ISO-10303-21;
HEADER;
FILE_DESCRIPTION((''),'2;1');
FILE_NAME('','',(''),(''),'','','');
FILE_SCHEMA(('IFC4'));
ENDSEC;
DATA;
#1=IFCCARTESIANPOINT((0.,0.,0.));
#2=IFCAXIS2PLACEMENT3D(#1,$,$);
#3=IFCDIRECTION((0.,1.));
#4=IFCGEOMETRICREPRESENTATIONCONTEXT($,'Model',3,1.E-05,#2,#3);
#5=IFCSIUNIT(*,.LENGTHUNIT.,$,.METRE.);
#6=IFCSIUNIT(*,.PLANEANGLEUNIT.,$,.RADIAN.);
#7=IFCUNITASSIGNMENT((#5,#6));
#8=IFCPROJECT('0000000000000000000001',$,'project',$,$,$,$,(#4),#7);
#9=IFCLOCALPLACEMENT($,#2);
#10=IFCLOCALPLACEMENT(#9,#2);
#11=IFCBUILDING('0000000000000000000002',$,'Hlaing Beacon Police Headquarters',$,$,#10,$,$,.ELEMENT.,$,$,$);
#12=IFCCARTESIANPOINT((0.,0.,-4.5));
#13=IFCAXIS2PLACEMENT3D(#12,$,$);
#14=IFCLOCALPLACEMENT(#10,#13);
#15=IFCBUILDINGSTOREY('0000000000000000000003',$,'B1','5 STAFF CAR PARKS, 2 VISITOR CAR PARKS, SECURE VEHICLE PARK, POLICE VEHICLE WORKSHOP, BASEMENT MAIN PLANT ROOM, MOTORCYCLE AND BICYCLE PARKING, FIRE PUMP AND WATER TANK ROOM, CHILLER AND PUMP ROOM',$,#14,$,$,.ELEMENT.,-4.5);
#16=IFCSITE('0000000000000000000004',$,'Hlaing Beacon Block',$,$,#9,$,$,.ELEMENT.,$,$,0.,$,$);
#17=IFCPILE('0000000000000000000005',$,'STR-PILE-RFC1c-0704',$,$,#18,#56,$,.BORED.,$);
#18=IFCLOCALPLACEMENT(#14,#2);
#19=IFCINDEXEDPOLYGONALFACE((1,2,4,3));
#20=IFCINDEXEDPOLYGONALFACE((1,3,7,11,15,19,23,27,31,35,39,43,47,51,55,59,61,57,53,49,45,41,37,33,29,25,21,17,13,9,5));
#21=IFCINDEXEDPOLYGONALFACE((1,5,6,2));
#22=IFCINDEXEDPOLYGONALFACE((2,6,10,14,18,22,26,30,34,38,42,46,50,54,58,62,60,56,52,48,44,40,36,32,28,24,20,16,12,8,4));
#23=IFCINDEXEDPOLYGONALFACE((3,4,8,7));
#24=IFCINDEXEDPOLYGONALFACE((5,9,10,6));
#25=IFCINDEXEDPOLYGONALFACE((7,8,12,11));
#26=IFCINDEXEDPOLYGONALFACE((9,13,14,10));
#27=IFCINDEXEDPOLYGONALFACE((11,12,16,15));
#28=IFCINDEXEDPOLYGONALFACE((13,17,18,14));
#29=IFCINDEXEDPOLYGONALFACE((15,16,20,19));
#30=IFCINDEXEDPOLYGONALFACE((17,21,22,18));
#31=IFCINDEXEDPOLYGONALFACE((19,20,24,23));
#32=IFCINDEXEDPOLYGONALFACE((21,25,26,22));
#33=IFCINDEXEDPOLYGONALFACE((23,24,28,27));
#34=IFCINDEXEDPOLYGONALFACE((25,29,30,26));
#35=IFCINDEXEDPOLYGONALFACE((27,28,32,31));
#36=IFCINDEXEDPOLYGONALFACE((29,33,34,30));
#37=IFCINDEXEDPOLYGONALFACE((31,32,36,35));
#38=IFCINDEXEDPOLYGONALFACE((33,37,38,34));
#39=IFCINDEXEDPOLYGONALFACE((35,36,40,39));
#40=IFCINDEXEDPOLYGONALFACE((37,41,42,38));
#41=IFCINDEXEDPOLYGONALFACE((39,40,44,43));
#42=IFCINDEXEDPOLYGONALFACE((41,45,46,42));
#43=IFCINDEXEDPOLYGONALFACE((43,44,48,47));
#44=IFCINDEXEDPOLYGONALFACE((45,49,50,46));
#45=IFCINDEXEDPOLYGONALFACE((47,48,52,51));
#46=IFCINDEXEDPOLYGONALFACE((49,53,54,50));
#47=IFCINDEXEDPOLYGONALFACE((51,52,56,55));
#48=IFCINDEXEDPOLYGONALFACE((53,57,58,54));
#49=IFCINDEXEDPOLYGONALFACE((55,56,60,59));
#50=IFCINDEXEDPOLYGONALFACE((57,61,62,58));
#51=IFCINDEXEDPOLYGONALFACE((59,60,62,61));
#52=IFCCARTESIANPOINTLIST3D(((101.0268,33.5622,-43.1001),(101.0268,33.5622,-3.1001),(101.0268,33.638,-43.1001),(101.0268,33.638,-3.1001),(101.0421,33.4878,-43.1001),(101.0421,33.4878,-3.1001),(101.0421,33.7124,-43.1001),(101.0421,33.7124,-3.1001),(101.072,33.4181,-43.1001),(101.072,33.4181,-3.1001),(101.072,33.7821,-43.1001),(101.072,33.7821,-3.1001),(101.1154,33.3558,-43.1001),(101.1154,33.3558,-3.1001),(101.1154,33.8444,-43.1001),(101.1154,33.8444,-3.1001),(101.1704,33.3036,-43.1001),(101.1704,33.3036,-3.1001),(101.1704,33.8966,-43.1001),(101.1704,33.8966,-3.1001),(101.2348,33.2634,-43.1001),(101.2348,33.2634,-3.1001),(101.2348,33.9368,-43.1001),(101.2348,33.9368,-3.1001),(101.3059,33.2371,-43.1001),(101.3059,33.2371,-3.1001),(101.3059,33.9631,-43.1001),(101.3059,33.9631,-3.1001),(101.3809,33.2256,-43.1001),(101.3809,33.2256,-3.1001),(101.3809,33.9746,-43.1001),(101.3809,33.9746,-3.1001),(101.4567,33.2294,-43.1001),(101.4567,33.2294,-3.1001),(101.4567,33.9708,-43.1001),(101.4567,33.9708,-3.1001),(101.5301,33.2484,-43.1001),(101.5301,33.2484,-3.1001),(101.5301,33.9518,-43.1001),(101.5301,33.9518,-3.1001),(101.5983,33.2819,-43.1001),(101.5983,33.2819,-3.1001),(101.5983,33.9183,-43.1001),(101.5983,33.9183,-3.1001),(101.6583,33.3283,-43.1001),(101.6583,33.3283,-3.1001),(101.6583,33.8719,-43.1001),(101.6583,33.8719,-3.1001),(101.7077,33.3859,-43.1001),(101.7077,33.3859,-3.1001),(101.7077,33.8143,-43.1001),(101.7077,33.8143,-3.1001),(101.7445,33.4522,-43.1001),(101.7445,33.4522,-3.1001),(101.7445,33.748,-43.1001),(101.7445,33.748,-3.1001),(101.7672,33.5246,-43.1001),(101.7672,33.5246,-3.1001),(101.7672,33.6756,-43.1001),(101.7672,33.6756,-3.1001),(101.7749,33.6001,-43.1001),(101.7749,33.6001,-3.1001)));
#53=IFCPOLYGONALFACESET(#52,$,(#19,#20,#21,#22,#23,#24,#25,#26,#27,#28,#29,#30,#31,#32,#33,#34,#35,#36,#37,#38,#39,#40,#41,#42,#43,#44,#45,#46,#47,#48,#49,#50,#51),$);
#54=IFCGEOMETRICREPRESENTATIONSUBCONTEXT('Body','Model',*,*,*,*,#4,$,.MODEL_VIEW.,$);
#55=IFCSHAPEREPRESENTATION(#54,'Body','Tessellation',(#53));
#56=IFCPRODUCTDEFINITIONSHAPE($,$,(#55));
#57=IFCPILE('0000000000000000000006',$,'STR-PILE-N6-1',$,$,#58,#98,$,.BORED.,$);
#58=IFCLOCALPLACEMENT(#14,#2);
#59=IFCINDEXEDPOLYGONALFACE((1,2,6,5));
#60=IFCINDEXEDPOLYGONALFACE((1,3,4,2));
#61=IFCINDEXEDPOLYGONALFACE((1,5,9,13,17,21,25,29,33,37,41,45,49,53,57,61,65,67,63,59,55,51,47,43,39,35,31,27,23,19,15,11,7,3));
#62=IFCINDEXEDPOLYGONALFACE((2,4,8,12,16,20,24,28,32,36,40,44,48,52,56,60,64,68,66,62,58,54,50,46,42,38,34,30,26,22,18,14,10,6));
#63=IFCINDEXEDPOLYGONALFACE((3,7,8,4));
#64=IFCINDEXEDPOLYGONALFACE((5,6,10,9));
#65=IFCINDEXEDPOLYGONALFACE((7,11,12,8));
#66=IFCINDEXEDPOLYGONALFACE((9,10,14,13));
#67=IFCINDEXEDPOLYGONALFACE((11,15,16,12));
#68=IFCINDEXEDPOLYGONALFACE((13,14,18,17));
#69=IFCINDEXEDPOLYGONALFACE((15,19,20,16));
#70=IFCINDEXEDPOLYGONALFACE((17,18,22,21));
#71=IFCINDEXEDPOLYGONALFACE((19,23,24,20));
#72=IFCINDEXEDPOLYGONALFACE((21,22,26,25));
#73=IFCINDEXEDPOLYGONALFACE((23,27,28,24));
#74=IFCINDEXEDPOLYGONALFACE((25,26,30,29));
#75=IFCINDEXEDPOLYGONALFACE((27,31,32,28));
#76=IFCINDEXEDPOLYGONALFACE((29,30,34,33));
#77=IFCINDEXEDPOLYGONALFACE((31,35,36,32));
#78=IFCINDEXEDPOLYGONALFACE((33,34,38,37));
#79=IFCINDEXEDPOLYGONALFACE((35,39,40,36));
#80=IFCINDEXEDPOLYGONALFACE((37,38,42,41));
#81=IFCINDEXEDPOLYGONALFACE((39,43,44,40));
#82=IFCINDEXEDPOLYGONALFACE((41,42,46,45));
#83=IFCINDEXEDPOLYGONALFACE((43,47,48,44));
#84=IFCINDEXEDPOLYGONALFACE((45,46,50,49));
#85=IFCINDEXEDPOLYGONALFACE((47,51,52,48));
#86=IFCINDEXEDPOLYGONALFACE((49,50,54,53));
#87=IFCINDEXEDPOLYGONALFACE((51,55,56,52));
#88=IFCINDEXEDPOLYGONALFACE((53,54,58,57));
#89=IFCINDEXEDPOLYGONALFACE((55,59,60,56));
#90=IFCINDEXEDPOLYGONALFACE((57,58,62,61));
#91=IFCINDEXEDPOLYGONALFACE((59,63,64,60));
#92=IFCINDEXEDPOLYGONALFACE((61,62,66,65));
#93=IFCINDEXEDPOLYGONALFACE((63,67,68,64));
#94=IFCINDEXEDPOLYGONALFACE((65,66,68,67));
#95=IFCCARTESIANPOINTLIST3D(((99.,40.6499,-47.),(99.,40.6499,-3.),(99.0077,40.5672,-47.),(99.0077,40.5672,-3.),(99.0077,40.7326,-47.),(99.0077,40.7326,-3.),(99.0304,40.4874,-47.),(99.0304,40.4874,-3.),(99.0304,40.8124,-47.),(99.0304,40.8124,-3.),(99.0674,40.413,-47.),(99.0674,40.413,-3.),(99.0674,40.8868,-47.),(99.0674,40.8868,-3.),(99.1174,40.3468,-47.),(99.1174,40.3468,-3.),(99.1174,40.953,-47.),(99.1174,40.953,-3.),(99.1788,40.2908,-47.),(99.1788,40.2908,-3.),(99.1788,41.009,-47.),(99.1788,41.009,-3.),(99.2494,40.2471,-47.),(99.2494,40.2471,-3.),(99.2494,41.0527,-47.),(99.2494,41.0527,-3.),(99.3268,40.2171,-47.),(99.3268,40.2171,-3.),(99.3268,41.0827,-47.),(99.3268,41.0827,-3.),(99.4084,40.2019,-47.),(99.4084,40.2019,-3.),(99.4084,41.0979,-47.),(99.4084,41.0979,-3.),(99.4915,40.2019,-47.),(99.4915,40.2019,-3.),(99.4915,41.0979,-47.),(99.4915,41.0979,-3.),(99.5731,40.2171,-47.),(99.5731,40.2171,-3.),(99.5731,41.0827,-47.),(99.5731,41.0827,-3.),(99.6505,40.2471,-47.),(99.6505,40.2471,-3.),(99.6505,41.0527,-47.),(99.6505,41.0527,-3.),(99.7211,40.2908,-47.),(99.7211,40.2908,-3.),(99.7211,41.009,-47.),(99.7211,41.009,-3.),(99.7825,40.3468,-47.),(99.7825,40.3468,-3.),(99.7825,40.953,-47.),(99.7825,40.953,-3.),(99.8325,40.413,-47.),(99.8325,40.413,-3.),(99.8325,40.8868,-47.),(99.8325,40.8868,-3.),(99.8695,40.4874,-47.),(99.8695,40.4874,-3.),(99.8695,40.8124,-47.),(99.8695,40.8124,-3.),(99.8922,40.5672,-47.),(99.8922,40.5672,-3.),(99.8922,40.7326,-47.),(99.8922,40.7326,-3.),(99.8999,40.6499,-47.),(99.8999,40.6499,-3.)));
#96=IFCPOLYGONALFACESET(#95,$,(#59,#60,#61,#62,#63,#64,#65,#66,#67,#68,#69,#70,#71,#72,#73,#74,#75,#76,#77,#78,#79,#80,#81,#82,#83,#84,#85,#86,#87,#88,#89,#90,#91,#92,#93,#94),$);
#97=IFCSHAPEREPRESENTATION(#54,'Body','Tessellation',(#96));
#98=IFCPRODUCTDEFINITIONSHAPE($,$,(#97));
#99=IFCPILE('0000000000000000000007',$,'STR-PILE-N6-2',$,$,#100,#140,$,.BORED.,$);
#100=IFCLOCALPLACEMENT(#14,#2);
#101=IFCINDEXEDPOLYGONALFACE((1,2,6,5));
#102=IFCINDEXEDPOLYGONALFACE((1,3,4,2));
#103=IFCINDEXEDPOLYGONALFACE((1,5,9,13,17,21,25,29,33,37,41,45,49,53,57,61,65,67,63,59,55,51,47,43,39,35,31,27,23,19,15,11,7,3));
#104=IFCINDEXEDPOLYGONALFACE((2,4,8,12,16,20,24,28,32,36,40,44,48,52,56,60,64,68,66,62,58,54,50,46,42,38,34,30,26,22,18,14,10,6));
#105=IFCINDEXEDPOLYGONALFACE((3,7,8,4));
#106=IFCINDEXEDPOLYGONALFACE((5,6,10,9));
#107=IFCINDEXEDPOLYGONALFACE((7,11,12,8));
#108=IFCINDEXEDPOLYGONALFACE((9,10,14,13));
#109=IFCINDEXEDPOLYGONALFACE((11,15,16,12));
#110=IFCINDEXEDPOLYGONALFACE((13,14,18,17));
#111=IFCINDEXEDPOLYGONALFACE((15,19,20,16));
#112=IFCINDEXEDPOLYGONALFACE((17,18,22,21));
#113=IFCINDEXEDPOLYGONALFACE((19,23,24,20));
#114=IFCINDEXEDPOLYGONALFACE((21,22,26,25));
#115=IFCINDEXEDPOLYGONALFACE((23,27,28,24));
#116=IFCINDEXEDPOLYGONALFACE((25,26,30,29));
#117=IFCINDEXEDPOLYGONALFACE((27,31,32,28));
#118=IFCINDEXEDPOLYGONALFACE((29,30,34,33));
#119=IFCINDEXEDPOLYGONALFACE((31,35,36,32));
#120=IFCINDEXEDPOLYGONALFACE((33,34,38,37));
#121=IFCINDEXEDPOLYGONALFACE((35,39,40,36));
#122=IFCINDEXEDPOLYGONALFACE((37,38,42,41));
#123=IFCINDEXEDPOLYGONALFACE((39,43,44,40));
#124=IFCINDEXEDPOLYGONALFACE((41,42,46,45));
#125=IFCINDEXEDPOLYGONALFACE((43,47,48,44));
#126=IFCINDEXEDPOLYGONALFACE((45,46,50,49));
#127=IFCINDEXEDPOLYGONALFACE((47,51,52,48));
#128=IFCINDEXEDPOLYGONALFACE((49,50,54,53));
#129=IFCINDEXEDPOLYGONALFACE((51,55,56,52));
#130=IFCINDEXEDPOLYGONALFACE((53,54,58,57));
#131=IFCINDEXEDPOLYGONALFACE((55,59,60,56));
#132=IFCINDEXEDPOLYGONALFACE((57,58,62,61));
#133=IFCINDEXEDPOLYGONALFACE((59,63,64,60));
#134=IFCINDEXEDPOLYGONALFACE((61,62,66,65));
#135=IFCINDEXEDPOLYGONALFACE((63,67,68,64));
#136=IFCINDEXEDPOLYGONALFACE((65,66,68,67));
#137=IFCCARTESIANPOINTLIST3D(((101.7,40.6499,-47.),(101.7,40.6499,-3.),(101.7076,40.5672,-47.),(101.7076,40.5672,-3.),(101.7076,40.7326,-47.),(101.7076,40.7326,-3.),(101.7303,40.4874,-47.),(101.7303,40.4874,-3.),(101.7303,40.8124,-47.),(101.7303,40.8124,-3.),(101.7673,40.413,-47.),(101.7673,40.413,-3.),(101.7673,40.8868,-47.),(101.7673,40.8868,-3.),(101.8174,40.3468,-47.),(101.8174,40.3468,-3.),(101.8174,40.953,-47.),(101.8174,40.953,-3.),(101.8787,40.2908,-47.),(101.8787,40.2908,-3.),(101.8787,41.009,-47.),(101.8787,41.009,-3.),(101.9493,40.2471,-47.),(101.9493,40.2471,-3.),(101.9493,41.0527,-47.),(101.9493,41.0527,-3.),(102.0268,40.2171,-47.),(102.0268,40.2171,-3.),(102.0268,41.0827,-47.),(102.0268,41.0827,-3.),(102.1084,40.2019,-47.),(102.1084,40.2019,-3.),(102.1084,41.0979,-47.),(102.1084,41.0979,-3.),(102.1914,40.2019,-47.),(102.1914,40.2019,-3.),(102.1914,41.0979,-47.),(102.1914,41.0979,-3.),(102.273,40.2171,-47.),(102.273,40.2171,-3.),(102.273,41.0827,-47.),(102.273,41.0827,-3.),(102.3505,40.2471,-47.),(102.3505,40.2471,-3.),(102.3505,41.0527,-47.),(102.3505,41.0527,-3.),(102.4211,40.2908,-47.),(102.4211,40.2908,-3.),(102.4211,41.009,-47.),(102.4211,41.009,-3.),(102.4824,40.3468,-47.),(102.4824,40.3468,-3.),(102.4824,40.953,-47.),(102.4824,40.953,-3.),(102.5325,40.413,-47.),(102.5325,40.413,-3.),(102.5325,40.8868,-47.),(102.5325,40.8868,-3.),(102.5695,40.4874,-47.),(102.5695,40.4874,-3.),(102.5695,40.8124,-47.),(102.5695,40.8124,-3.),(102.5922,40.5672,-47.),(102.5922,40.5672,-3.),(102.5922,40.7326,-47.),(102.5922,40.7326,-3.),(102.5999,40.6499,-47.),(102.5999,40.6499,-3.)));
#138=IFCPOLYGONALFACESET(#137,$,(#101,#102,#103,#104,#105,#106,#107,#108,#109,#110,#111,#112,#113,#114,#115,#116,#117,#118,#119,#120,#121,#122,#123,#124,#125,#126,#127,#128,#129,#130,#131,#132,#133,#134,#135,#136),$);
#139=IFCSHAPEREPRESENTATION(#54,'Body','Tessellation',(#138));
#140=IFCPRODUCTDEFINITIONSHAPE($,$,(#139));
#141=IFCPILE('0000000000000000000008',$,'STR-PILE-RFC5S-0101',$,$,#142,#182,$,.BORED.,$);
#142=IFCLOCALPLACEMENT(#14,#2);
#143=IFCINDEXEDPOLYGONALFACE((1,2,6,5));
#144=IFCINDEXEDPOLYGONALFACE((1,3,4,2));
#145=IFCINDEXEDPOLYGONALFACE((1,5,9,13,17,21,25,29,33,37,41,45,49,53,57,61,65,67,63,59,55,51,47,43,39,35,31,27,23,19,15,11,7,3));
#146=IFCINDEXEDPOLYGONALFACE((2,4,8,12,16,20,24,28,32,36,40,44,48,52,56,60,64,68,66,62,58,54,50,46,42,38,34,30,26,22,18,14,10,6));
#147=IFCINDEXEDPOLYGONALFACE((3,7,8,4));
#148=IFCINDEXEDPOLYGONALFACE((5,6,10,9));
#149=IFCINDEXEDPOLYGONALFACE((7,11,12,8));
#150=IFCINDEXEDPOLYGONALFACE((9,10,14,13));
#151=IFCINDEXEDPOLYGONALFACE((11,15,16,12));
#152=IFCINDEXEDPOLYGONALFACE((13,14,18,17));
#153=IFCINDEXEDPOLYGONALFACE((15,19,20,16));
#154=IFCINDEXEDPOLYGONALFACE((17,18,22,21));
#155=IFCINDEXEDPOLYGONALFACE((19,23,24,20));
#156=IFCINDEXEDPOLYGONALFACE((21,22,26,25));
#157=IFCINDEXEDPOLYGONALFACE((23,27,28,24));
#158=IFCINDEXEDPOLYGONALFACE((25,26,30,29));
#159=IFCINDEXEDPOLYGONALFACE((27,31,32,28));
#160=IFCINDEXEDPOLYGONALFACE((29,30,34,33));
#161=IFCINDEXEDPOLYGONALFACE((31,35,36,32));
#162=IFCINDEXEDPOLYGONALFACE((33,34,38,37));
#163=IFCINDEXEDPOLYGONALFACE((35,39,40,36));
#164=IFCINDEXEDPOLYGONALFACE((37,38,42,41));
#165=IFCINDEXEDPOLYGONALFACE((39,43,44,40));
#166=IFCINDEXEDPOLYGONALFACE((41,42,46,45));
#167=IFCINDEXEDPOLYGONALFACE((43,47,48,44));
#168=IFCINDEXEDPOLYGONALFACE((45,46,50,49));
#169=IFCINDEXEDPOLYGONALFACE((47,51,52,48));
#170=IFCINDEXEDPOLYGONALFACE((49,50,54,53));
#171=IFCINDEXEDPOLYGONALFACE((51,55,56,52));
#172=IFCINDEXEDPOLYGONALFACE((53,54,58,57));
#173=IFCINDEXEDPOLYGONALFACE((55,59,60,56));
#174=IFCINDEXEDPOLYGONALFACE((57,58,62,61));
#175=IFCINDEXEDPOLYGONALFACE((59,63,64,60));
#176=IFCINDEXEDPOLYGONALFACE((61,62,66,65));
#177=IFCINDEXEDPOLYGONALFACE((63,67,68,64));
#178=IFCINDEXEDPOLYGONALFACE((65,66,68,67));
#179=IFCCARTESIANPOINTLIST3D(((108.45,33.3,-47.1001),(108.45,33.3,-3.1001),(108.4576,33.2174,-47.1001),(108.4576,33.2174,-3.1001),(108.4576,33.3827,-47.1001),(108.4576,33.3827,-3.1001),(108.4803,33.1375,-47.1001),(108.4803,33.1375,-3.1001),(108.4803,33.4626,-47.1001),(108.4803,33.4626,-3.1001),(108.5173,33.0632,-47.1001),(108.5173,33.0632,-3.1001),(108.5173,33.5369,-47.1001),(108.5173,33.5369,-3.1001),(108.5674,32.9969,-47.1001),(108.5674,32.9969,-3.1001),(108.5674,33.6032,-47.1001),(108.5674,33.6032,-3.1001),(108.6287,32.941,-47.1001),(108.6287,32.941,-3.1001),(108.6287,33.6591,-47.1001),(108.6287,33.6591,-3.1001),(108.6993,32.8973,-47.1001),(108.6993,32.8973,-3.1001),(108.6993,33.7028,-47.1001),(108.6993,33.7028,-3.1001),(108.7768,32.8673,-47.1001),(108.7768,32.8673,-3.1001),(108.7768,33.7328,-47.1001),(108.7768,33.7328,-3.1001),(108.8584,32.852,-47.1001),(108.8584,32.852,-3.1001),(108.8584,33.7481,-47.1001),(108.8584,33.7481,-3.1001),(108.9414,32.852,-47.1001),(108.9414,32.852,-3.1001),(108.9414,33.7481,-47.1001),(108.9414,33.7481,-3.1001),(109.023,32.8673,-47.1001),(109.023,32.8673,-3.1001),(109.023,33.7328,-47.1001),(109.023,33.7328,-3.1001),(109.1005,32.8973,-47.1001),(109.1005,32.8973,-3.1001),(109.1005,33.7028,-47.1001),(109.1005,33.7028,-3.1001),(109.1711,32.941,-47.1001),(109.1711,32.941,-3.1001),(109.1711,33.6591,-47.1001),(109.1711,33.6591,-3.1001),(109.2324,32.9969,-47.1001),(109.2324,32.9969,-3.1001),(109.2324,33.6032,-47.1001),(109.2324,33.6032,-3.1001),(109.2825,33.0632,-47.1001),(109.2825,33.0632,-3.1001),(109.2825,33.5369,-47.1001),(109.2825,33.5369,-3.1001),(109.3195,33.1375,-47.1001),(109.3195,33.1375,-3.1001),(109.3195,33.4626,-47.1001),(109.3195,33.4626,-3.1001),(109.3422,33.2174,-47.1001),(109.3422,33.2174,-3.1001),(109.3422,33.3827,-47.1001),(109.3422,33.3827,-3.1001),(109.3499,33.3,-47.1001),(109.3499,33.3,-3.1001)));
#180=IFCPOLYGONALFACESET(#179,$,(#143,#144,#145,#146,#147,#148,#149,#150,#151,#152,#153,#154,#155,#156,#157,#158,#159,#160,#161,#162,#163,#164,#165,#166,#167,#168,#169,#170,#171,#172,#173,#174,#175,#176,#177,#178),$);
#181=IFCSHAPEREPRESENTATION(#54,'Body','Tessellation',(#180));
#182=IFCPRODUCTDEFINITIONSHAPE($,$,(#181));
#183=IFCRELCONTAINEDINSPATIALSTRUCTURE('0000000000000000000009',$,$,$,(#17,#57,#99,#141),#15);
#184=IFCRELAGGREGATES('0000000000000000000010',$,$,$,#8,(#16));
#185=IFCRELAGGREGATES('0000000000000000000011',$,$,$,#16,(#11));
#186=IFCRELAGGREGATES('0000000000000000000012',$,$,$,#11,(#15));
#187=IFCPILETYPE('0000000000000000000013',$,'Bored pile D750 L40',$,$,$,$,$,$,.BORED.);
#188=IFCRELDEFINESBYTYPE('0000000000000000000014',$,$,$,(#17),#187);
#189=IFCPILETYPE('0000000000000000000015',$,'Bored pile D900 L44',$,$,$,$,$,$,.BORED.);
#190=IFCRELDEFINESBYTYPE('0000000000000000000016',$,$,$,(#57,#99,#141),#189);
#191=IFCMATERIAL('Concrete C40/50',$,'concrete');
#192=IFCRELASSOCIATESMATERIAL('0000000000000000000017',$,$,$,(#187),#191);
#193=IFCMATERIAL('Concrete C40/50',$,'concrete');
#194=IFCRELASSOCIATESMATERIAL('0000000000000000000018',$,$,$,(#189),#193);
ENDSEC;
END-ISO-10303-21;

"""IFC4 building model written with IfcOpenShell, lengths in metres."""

from ifc_helpers import new_model, si_unit, direction, frame, origin, origin_2d, place, context, subcontext, project, spatial, circle, extrude, material, material_profile, profile_set, type_object, element, save


model = new_model("IFC4")

# Units and contexts
model_context = context("Model", 3, precision=1e-05, world=origin(), true_north=direction((0.0, 1.0)))
body_context = subcontext(model_context, "Body", "Model", "MODEL_VIEW")
ifc_project = project(units=[si_unit("LENGTHUNIT", "METRE"), si_unit("PLANEANGLEUNIT", "RADIAN")], contexts=[model_context])

# Site, building, storey
site_placement = place(None, origin())
site = spatial("IfcSite", under=ifc_project, at=site_placement, Name="Hlaing Beacon Block", CompositionType="ELEMENT", RefElevation=0.0)
building_placement = place(site_placement, origin())
building = spatial("IfcBuilding", under=site, at=building_placement, Name="Hlaing Beacon Police Headquarters", CompositionType="ELEMENT")
storey_placement = place(building_placement, frame((0.0, 0.0, -4.5)))
storey = spatial("IfcBuildingStorey", under=building, at=storey_placement, Name="B1", Description="5 STAFF CAR PARKS, 2 VISITOR CAR PARKS, SECURE VEHICLE PARK, POLICE VEHICLE WORKSHOP, BASEMENT MAIN PLANT ROOM, MOTORCYCLE AND BICYCLE PARKING, FIRE PUMP AND WATER TANK ROOM, CHILLER AND PUMP ROOM", CompositionType="ELEMENT", Elevation=-4.5)

# Piles
ifc_material_1 = material(Name="Concrete C40/50", Category="concrete")
ifc_material_profile_1 = material_profile(ifc_material_1, circle(Radius=0.375, at=origin_2d()), Name="D750")
ifc_profile_set_1 = profile_set([ifc_material_profile_1], Name="Concrete C40/50")
pile_type_1 = type_object("IfcPileType", Name="Bored pile D750 L40", PredefinedType="BORED", material=ifc_profile_set_1)
for number, where, z_axis, x_axis, name in (
    (1, (101.3999, 33.6001, -3.1001), (0.0, 0.0, -1.0), (1.0, 0.0, 0.0), "STR-PILE-RFC1c-0704"),
):
    element("IfcPile", number, at=place(storey_placement, frame(where, z_axis=z_axis, x_axis=x_axis)), inside=storey, type_object=pile_type_1, Name=name, PredefinedType="BORED", context=body_context, shape_type="SweptSolid", body=[
        extrude(circle(Radius=0.375, at=origin_2d()), origin(), (0.0, 0.0, 1.0), 40.0),
    ])
ifc_material_2 = material(Name="Concrete C40/50", Category="concrete")
ifc_material_profile_2 = material_profile(ifc_material_2, circle(Radius=0.45, at=origin_2d()), Name="D900")
ifc_profile_set_2 = profile_set([ifc_material_profile_2], Name="Concrete C40/50")
pile_type_2 = type_object("IfcPileType", Name="Bored pile D900 L44", PredefinedType="BORED", material=ifc_profile_set_2)
for number, where, z_axis, x_axis, name in (
    (2, (99.45, 40.6499, -3.0), (0.0, 0.0, -1.0), (1.0, 0.0, 0.0), "STR-PILE-N6-1"),
    (3, (102.1499, 40.6499, -3.0), (0.0, 0.0, -1.0), (1.0, 0.0, 0.0), "STR-PILE-N6-2"),
    (4, (108.8999, 33.3, -3.1001), (0.0, 0.0, -1.0), (1.0, 0.0, 0.0), "STR-PILE-RFC5S-0101"),
):
    element("IfcPile", number, at=place(storey_placement, frame(where, z_axis=z_axis, x_axis=x_axis)), inside=storey, type_object=pile_type_2, Name=name, PredefinedType="BORED", context=body_context, shape_type="SweptSolid", body=[
        extrude(circle(Radius=0.45, at=origin_2d()), origin(), (0.0, 0.0, 1.0), 44.0),
    ])

save(model, "model.ifc")
